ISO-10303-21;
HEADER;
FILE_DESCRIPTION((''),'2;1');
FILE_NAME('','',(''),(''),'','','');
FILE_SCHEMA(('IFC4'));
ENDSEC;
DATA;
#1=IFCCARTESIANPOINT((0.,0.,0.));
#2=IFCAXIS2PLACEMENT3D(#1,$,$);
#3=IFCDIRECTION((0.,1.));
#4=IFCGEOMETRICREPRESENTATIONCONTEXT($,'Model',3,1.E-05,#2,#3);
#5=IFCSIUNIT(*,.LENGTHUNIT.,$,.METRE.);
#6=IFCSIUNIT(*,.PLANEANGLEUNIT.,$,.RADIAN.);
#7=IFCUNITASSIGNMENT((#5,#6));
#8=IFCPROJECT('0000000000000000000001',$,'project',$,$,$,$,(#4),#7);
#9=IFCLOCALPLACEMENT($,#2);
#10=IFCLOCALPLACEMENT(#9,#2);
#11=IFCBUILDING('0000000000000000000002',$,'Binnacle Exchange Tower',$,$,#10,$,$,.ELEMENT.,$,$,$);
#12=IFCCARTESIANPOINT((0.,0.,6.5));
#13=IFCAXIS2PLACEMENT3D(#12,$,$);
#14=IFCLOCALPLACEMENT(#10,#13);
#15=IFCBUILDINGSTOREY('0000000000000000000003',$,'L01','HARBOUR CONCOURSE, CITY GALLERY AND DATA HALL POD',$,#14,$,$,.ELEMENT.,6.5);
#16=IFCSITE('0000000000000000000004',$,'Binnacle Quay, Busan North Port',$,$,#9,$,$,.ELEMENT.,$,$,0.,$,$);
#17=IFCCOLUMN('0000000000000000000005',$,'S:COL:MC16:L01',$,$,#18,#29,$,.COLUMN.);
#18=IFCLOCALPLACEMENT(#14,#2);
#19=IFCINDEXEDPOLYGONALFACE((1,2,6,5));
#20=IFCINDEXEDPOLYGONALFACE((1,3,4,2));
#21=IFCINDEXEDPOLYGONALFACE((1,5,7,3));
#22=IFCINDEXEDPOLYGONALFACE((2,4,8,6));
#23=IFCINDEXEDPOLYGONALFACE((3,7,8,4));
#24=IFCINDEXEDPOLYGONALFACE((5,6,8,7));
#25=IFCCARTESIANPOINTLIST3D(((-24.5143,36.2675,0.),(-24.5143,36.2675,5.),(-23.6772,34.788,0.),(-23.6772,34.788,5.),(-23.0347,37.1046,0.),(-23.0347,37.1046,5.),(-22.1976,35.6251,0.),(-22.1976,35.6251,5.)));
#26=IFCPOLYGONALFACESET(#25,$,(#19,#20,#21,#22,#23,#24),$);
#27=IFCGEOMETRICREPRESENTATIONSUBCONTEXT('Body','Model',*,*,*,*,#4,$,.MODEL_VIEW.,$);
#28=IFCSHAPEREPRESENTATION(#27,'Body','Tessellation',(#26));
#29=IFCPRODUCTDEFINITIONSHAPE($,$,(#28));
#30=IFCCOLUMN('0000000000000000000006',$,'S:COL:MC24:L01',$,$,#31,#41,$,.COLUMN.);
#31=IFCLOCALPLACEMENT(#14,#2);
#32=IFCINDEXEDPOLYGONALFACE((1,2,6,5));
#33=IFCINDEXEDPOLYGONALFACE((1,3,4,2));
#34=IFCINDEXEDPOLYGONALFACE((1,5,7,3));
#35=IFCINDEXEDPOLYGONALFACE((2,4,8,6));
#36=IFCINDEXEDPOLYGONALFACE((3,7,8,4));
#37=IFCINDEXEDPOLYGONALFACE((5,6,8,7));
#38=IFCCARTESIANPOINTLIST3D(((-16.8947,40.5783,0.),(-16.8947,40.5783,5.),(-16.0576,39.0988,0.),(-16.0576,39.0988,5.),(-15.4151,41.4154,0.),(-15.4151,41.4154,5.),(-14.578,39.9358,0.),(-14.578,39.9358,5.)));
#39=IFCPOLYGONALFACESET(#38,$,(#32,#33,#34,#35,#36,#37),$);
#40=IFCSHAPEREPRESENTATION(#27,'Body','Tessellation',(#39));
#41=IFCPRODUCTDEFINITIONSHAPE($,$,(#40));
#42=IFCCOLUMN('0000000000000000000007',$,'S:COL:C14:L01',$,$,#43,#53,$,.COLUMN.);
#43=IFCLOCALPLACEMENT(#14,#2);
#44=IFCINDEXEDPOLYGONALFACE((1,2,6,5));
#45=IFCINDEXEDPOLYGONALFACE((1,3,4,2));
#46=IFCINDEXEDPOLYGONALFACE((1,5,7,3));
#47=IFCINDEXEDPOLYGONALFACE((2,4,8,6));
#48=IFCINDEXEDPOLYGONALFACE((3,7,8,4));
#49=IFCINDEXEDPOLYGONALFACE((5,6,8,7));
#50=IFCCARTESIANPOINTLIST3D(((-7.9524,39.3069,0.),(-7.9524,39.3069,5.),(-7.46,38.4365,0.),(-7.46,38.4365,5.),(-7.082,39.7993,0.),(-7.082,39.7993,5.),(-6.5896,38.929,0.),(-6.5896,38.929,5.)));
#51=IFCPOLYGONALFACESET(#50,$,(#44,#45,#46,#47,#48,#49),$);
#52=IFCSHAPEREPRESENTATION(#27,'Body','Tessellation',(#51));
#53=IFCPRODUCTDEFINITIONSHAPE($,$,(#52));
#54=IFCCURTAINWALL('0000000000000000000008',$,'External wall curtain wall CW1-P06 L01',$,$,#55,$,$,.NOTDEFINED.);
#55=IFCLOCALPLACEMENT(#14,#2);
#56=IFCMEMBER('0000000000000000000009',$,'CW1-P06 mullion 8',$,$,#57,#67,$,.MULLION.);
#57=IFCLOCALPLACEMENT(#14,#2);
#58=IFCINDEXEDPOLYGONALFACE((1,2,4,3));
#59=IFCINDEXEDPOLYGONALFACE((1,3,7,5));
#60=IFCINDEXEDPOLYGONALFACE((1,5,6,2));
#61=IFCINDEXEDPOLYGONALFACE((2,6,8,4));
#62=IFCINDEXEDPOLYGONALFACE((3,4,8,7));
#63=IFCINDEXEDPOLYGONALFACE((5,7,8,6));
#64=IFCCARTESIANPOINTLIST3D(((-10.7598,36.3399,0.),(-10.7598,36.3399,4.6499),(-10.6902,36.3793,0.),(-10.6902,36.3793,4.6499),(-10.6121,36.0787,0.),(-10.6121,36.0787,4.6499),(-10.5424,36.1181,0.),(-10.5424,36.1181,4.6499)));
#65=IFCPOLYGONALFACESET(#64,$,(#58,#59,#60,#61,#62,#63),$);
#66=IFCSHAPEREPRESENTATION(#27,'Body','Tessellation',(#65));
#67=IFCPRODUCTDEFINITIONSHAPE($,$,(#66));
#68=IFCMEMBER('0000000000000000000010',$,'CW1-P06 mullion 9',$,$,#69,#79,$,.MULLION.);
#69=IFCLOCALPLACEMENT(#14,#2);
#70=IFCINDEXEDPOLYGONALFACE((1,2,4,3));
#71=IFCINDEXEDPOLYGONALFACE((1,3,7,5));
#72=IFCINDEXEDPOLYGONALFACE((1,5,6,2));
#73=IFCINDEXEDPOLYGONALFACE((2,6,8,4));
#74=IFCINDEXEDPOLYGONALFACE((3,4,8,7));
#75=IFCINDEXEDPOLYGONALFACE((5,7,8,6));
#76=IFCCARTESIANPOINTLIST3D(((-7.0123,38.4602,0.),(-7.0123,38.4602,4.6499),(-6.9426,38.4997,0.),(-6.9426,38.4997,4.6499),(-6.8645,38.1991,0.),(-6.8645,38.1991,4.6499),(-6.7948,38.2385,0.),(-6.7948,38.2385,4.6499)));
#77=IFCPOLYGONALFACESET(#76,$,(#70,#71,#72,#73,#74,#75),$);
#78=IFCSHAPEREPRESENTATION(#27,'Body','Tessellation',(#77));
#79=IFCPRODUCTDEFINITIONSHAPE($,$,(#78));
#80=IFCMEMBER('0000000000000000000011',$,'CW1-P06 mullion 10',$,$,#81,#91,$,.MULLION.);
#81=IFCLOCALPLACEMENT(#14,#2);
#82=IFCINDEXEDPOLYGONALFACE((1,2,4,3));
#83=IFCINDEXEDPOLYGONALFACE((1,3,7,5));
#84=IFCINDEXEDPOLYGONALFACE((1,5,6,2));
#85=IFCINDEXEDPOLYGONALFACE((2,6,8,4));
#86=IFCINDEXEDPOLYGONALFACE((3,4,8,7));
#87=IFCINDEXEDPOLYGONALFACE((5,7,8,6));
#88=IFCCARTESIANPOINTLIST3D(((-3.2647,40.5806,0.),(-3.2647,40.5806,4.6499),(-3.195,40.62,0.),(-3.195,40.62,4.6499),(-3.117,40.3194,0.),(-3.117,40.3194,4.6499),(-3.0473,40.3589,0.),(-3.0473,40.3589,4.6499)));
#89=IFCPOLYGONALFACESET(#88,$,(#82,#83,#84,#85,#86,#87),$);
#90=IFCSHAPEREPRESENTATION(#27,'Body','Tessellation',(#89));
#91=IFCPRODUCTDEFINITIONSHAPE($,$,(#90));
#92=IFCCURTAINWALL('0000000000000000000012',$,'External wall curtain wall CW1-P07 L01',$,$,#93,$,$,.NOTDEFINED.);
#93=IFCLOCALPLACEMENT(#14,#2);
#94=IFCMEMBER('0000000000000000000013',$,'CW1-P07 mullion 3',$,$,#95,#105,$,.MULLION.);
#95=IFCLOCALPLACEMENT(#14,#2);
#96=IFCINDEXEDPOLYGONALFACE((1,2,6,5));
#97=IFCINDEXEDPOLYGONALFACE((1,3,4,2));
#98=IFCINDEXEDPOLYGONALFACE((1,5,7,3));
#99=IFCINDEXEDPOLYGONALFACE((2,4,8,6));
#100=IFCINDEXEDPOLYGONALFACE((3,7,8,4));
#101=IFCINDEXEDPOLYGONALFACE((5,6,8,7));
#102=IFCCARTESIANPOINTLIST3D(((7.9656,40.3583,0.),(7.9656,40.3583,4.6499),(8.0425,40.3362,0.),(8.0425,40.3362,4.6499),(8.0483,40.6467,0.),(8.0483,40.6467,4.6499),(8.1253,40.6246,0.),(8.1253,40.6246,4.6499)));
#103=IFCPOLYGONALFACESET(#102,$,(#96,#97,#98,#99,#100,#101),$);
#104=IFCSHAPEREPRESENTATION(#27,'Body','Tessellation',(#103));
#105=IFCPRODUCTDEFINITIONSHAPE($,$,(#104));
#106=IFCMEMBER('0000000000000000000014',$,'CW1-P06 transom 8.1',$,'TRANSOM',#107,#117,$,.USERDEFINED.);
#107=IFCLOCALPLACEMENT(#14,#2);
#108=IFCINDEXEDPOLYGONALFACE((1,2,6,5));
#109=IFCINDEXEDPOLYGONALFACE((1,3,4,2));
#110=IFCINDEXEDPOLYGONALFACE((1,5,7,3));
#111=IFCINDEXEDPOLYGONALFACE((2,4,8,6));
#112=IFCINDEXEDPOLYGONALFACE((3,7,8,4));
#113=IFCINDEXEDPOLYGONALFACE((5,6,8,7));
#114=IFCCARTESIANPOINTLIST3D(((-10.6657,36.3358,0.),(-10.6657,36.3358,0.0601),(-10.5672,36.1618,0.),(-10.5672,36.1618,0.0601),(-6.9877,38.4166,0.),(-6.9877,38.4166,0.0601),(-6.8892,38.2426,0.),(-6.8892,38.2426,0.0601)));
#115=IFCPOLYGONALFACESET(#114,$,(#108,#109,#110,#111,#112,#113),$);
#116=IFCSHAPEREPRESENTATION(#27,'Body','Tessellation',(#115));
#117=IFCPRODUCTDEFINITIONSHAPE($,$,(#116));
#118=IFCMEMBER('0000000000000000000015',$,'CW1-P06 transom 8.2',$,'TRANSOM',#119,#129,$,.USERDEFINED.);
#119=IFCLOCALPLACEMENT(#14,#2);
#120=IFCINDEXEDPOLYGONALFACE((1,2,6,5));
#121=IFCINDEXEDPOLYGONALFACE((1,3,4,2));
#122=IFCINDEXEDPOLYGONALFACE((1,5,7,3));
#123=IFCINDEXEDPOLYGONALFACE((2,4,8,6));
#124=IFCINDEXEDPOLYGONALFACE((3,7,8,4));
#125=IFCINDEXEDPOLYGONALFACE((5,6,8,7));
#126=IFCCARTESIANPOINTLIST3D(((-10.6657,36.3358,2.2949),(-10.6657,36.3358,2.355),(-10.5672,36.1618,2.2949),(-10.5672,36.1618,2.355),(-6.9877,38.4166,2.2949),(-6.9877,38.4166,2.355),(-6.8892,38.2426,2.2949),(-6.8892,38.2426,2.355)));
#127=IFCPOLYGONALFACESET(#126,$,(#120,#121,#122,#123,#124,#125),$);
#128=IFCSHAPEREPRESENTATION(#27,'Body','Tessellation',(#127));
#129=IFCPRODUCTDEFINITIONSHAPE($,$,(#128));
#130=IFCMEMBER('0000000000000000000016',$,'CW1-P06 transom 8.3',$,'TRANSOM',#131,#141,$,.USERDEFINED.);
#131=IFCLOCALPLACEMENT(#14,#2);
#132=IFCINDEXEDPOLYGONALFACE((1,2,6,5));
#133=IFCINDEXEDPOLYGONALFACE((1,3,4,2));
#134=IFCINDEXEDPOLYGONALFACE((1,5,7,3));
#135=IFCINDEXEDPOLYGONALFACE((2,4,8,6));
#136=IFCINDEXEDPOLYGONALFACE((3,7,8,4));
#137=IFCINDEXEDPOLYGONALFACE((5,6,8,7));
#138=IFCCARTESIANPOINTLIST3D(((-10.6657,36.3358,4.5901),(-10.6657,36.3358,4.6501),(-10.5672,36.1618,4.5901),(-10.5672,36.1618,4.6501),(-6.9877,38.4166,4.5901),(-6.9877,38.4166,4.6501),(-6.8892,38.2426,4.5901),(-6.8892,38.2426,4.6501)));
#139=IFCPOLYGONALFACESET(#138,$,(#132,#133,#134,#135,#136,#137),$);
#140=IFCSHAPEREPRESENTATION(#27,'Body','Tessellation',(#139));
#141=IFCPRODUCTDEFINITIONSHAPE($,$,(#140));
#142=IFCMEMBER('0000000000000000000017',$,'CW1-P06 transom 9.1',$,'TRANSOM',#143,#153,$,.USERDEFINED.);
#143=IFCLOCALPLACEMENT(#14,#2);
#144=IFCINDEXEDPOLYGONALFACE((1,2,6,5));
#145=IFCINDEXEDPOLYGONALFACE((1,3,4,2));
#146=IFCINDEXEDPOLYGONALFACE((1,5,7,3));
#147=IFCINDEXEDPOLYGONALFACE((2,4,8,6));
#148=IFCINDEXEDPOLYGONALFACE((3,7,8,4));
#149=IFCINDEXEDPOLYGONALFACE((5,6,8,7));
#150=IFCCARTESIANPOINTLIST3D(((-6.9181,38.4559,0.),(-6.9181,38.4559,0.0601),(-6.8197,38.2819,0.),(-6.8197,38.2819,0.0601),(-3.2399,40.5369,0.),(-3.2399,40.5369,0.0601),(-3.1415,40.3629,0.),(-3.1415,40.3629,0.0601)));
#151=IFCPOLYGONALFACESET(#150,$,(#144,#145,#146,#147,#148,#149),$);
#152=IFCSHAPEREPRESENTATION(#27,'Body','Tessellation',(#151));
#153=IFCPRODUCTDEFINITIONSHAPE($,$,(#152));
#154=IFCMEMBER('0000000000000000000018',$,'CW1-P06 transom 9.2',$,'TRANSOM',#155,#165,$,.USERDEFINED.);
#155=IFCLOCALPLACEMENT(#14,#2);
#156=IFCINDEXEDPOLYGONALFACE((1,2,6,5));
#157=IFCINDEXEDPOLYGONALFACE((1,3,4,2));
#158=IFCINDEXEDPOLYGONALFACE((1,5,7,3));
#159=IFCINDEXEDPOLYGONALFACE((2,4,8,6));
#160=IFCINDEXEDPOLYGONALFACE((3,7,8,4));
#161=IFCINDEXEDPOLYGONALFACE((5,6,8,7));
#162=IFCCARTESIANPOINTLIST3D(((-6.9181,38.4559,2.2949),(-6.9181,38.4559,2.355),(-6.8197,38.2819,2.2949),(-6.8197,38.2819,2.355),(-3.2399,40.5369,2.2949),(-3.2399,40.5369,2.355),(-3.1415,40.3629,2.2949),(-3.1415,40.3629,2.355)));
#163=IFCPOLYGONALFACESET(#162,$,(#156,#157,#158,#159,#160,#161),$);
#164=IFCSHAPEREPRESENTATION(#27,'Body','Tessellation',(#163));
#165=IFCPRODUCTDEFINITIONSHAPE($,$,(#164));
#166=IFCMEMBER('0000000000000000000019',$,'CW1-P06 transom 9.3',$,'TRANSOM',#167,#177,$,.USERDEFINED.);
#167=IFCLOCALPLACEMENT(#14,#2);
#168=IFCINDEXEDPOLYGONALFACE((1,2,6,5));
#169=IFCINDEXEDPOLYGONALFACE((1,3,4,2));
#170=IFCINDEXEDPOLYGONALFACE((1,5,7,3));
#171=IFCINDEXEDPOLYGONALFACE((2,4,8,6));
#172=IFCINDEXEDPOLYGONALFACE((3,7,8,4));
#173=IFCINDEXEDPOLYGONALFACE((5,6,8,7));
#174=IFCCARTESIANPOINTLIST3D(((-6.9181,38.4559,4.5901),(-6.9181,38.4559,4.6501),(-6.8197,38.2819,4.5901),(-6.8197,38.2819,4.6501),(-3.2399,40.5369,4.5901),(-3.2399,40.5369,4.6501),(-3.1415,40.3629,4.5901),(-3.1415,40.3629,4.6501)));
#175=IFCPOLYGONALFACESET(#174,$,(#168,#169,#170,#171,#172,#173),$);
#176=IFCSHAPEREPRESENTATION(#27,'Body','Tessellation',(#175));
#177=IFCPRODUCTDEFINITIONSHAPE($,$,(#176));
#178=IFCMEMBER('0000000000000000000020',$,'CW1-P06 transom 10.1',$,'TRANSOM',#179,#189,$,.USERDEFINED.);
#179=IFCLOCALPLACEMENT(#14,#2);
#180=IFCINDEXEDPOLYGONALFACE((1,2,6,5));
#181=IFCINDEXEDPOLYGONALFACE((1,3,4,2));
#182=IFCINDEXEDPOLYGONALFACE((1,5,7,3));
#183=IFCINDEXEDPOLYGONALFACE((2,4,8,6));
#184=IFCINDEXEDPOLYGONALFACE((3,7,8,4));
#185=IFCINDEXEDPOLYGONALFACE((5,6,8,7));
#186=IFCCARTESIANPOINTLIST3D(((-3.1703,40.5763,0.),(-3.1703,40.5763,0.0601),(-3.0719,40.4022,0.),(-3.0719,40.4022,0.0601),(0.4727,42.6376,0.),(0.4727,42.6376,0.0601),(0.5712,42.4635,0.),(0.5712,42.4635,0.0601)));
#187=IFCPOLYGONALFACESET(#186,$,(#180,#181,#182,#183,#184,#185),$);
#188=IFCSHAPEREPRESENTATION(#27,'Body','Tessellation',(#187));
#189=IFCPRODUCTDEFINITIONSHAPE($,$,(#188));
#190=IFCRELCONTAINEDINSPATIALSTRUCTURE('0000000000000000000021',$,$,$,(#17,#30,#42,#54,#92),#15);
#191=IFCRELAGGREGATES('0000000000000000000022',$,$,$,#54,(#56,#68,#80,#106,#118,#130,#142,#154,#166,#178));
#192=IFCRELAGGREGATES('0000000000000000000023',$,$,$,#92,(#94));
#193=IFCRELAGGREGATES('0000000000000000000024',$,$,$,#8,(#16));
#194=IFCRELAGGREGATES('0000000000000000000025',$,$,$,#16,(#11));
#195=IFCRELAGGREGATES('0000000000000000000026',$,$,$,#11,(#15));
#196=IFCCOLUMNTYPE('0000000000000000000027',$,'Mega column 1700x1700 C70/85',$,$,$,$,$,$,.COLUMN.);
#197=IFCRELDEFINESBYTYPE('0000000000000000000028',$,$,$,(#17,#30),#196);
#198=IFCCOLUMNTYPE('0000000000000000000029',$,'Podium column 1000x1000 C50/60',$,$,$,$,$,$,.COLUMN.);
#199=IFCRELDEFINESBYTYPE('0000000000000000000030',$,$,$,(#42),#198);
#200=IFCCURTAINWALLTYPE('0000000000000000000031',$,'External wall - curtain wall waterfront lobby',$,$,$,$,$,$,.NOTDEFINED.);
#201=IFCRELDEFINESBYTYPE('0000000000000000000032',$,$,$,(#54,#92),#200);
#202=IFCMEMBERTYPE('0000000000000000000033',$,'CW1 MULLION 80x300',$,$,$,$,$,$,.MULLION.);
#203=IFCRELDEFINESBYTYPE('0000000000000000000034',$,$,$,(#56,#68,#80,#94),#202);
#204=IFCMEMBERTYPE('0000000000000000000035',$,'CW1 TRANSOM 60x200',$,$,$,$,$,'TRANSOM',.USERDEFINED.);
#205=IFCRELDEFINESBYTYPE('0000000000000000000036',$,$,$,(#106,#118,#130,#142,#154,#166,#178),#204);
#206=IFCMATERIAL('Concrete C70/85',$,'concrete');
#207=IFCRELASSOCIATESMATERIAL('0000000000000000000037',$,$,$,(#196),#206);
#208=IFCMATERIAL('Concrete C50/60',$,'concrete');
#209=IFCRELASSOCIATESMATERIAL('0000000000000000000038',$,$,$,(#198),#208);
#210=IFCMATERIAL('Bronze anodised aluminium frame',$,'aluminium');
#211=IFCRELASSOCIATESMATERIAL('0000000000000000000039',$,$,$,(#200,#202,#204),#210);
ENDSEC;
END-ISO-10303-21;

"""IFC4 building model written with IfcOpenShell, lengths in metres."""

from ifc_helpers import new_model, si_unit, direction, frame, origin, origin_2d, place, context, subcontext, project, spatial, rectangle, extrude, material, material_profile, profile_set, type_object, element, aggregate, save


model = new_model("IFC4")

# Units and contexts
model_context = context("Model", 3, precision=1e-05, world=origin(), true_north=direction((0.0, 1.0)))
body_context = subcontext(model_context, "Body", "Model", "MODEL_VIEW")
ifc_project = project(units=[si_unit("LENGTHUNIT", "METRE"), si_unit("PLANEANGLEUNIT", "RADIAN")], contexts=[model_context])

# Site, building, storey
site_placement = place(None, origin())
site = spatial("IfcSite", under=ifc_project, at=site_placement, Name="Binnacle Quay, Busan North Port", CompositionType="ELEMENT", RefElevation=0.0)
building_placement = place(site_placement, origin())
building = spatial("IfcBuilding", under=site, at=building_placement, Name="Binnacle Exchange Tower", CompositionType="ELEMENT")
storey_placement = place(building_placement, frame((0.0, 0.0, 6.5)))
storey = spatial("IfcBuildingStorey", under=building, at=storey_placement, Name="L01", Description="HARBOUR CONCOURSE, CITY GALLERY AND DATA HALL POD", CompositionType="ELEMENT", Elevation=6.5)

# Columns
ifc_material_1 = material(Name="Concrete C70/85", Category="concrete")
ifc_material_profile_1 = material_profile(ifc_material_1, rectangle(XDim=1.7, YDim=1.7, at=origin_2d()), Name="Mega column 1700x1700 C70/85")
ifc_profile_set_1 = profile_set([ifc_material_profile_1], Name="Concrete C70/85")
column_type_1 = type_object("IfcColumnType", Name="Mega column 1700x1700 C70/85", PredefinedType="COLUMN", material=ifc_profile_set_1)
for number, where, z_axis, x_axis, name in (
    (1, (-23.356, 35.9463, 0.0), (0.0, 0.0, 1.0), (0.870356, 0.492424, 0.0), "S:COL:MC16:L01"),
    (2, (-15.7363, 40.2571, 0.0), (0.0, 0.0, 1.0), (0.870356, 0.492424, 0.0), "S:COL:MC24:L01"),
):
    element("IfcColumn", number, at=place(storey_placement, frame(where, z_axis=z_axis, x_axis=x_axis)), inside=storey, type_object=column_type_1, Name=name, PredefinedType="COLUMN", context=body_context, shape_type="SweptSolid", body=[
        extrude(rectangle(XDim=1.7, YDim=1.7, at=origin_2d()), origin(), (0.0, 0.0, 1.0), 5.0),
    ])
ifc_material_2 = material(Name="Concrete C50/60", Category="concrete")
ifc_material_profile_2 = material_profile(ifc_material_2, rectangle(XDim=1.0, YDim=1.0, at=origin_2d()), Name="Podium column 1000x1000 C50/60")
ifc_profile_set_2 = profile_set([ifc_material_profile_2], Name="Concrete C50/60")
column_type_2 = type_object("IfcColumnType", Name="Podium column 1000x1000 C50/60", PredefinedType="COLUMN", material=ifc_profile_set_2)
column_placement = place(storey_placement, frame((-7.271, 39.1179, 0.0), z_axis=(0.0, 0.0, 1.0), x_axis=(0.870356, 0.492424, 0.0)))
element("IfcColumn", 3, at=column_placement, inside=storey, type_object=column_type_2, Name="S:COL:C14:L01", PredefinedType="COLUMN", context=body_context, shape_type="SweptSolid", body=[
    extrude(rectangle(XDim=1.0, YDim=1.0, at=origin_2d()), origin(), (0.0, 0.0, 1.0), 5.0),
])

# Curtain wall, members
ifc_material_3 = material(Name="Bronze anodised aluminium frame", Category="aluminium")
curtain_wall_type = type_object("IfcCurtainWallType", Name="External wall - curtain wall waterfront lobby", PredefinedType="NOTDEFINED", material=ifc_material_3)
curtain_wall_1_placement = place(storey_placement, origin())
curtain_wall_1 = element("IfcCurtainWall", 4, at=curtain_wall_1_placement, inside=storey, type_object=curtain_wall_type, Name="External wall curtain wall CW1-P06 L01", PredefinedType="NOTDEFINED")
ifc_material_profile_3 = material_profile(ifc_material_3, rectangle(XDim=0.3, YDim=0.0801, at=origin_2d()), Name="AL 80x300")
ifc_profile_set_3 = profile_set([ifc_material_profile_3], Name="Bronze anodised aluminium frame")
member_type_1 = type_object("IfcMemberType", Name="CW1 MULLION 80x300", PredefinedType="MULLION", material=ifc_profile_set_3)
member_1_placement = place(storey_placement, frame((-10.6511, 36.229, 0.0), z_axis=(0.0, 0.0, 1.0), x_axis=(-0.492424, 0.870356, 0.0)))
member_1 = element("IfcMember", 5, at=member_1_placement, type_object=member_type_1, Name="CW1-P06 mullion 8", PredefinedType="MULLION", context=body_context, shape_type="SweptSolid", body=[
    extrude(rectangle(XDim=0.3, YDim=0.0801, at=origin_2d()), origin(), (0.0, 0.0, 1.0), 4.6499),
])
member_2_placement = place(storey_placement, frame((-6.9036, 38.3494, 0.0), z_axis=(0.0, 0.0, 1.0), x_axis=(-0.492424, 0.870356, 0.0)))
member_2 = element("IfcMember", 6, at=member_2_placement, type_object=member_type_1, Name="CW1-P06 mullion 9", PredefinedType="MULLION", context=body_context, shape_type="SweptSolid", body=[
    extrude(rectangle(XDim=0.3, YDim=0.0801, at=origin_2d()), origin(), (0.0, 0.0, 1.0), 4.6499),
])
member_3_placement = place(storey_placement, frame((-3.156, 40.4697, 0.0), z_axis=(0.0, 0.0, 1.0), x_axis=(-0.492424, 0.870356, 0.0)))
member_3 = element("IfcMember", 7, at=member_3_placement, type_object=member_type_1, Name="CW1-P06 mullion 10", PredefinedType="MULLION", context=body_context, shape_type="SweptSolid", body=[
    extrude(rectangle(XDim=0.3, YDim=0.0801, at=origin_2d()), origin(), (0.0, 0.0, 1.0), 4.6499),
])

# Curtain wall, member
curtain_wall_2_placement = place(storey_placement, origin())
curtain_wall_2 = element("IfcCurtainWall", 8, at=curtain_wall_2_placement, inside=storey, type_object=curtain_wall_type, Name="External wall curtain wall CW1-P07 L01", PredefinedType="NOTDEFINED")
member_4_placement = place(storey_placement, frame((8.0454, 40.4915, 0.0), z_axis=(0.0, 0.0, 1.0), x_axis=(0.275637, 0.961262, 0.0)))
member_4 = element("IfcMember", 9, at=member_4_placement, type_object=member_type_1, Name="CW1-P07 mullion 3", PredefinedType="MULLION", context=body_context, shape_type="SweptSolid", body=[
    extrude(rectangle(XDim=0.3, YDim=0.0801, at=origin_2d()), origin(), (0.0, 0.0, 1.0), 4.6499),
])

# Members
ifc_material_profile_4 = material_profile(ifc_material_3, rectangle(XDim=0.2, YDim=0.0601, at=origin_2d()), Name="AL 200x60")
ifc_profile_set_4 = profile_set([ifc_material_profile_4], Name="Bronze anodised aluminium frame")
member_type_2 = type_object("IfcMemberType", Name="CW1 TRANSOM 60x200", ElementType="TRANSOM", PredefinedType="USERDEFINED", material=ifc_profile_set_4)
member_5_placement = place(storey_placement, frame((-10.6165, 36.2488, 0.03), z_axis=(0.870365, 0.492408, 0.0), x_axis=(-0.492408, 0.870365, 0.0)))
member_5 = element("IfcMember", 10, at=member_5_placement, type_object=member_type_2, Name="CW1-P06 transom 8.1", ObjectType="TRANSOM", PredefinedType="USERDEFINED", context=body_context, shape_type="SweptSolid", body=[
    extrude(rectangle(XDim=0.2, YDim=0.0601, at=origin_2d()), origin(), (0.0, 0.0, 1.0), 4.2258),
])
member_6_placement = place(storey_placement, frame((-10.6165, 36.2488, 2.325), z_axis=(0.870365, 0.492408, 0.0), x_axis=(-0.492408, 0.870365, 0.0)))
member_6 = element("IfcMember", 11, at=member_6_placement, type_object=member_type_2, Name="CW1-P06 transom 8.2", ObjectType="TRANSOM", PredefinedType="USERDEFINED", context=body_context, shape_type="SweptSolid", body=[
    extrude(rectangle(XDim=0.2, YDim=0.0601, at=origin_2d()), origin(), (0.0, 0.0, 1.0), 4.2258),
])
member_7_placement = place(storey_placement, frame((-10.6165, 36.2488, 4.6201), z_axis=(0.870365, 0.492408, 0.0), x_axis=(-0.492408, 0.870365, 0.0)))
member_7 = element("IfcMember", 12, at=member_7_placement, type_object=member_type_2, Name="CW1-P06 transom 8.3", ObjectType="TRANSOM", PredefinedType="USERDEFINED", context=body_context, shape_type="SweptSolid", body=[
    extrude(rectangle(XDim=0.2, YDim=0.0601, at=origin_2d()), origin(), (0.0, 0.0, 1.0), 4.2258),
])
member_8_placement = place(storey_placement, frame((-6.8689, 38.3689, 0.03), z_axis=(0.870354, 0.492427, 0.0), x_axis=(-0.492427, 0.870354, 0.0)))
member_8 = element("IfcMember", 13, at=member_8_placement, type_object=member_type_2, Name="CW1-P06 transom 9.1", ObjectType="TRANSOM", PredefinedType="USERDEFINED", context=body_context, shape_type="SweptSolid", body=[
    extrude(rectangle(XDim=0.2, YDim=0.0601, at=origin_2d()), origin(), (0.0, 0.0, 1.0), 4.2261),
])
member_9_placement = place(storey_placement, frame((-6.8689, 38.3689, 2.325), z_axis=(0.870354, 0.492427, 0.0), x_axis=(-0.492427, 0.870354, 0.0)))
member_9 = element("IfcMember", 14, at=member_9_placement, type_object=member_type_2, Name="CW1-P06 transom 9.2", ObjectType="TRANSOM", PredefinedType="USERDEFINED", context=body_context, shape_type="SweptSolid", body=[
    extrude(rectangle(XDim=0.2, YDim=0.0601, at=origin_2d()), origin(), (0.0, 0.0, 1.0), 4.2261),
])
member_10_placement = place(storey_placement, frame((-6.8689, 38.3689, 4.6201), z_axis=(0.870354, 0.492427, 0.0), x_axis=(-0.492427, 0.870354, 0.0)))
member_10 = element("IfcMember", 15, at=member_10_placement, type_object=member_type_2, Name="CW1-P06 transom 9.3", ObjectType="TRANSOM", PredefinedType="USERDEFINED", context=body_context, shape_type="SweptSolid", body=[
    extrude(rectangle(XDim=0.2, YDim=0.0601, at=origin_2d()), origin(), (0.0, 0.0, 1.0), 4.2261),
])
member_11_placement = place(storey_placement, frame((-3.1211, 40.4893, 0.03), z_axis=(0.870342, 0.492447, 0.0), x_axis=(-0.492447, 0.870342, 0.0)))
member_11 = element("IfcMember", 16, at=member_11_placement, type_object=member_type_2, Name="CW1-P06 transom 10.1", ObjectType="TRANSOM", PredefinedType="USERDEFINED", context=body_context, shape_type="SweptSolid", body=[
    extrude(rectangle(XDim=0.2, YDim=0.0601, at=origin_2d()), origin(), (0.0, 0.0, 1.0), 4.1858),
])

aggregate(curtain_wall_1, [member_1, member_2, member_3, member_5, member_6, member_7, member_8, member_9, member_10, member_11])
aggregate(curtain_wall_2, [member_4])

save(model, "model.ifc")
